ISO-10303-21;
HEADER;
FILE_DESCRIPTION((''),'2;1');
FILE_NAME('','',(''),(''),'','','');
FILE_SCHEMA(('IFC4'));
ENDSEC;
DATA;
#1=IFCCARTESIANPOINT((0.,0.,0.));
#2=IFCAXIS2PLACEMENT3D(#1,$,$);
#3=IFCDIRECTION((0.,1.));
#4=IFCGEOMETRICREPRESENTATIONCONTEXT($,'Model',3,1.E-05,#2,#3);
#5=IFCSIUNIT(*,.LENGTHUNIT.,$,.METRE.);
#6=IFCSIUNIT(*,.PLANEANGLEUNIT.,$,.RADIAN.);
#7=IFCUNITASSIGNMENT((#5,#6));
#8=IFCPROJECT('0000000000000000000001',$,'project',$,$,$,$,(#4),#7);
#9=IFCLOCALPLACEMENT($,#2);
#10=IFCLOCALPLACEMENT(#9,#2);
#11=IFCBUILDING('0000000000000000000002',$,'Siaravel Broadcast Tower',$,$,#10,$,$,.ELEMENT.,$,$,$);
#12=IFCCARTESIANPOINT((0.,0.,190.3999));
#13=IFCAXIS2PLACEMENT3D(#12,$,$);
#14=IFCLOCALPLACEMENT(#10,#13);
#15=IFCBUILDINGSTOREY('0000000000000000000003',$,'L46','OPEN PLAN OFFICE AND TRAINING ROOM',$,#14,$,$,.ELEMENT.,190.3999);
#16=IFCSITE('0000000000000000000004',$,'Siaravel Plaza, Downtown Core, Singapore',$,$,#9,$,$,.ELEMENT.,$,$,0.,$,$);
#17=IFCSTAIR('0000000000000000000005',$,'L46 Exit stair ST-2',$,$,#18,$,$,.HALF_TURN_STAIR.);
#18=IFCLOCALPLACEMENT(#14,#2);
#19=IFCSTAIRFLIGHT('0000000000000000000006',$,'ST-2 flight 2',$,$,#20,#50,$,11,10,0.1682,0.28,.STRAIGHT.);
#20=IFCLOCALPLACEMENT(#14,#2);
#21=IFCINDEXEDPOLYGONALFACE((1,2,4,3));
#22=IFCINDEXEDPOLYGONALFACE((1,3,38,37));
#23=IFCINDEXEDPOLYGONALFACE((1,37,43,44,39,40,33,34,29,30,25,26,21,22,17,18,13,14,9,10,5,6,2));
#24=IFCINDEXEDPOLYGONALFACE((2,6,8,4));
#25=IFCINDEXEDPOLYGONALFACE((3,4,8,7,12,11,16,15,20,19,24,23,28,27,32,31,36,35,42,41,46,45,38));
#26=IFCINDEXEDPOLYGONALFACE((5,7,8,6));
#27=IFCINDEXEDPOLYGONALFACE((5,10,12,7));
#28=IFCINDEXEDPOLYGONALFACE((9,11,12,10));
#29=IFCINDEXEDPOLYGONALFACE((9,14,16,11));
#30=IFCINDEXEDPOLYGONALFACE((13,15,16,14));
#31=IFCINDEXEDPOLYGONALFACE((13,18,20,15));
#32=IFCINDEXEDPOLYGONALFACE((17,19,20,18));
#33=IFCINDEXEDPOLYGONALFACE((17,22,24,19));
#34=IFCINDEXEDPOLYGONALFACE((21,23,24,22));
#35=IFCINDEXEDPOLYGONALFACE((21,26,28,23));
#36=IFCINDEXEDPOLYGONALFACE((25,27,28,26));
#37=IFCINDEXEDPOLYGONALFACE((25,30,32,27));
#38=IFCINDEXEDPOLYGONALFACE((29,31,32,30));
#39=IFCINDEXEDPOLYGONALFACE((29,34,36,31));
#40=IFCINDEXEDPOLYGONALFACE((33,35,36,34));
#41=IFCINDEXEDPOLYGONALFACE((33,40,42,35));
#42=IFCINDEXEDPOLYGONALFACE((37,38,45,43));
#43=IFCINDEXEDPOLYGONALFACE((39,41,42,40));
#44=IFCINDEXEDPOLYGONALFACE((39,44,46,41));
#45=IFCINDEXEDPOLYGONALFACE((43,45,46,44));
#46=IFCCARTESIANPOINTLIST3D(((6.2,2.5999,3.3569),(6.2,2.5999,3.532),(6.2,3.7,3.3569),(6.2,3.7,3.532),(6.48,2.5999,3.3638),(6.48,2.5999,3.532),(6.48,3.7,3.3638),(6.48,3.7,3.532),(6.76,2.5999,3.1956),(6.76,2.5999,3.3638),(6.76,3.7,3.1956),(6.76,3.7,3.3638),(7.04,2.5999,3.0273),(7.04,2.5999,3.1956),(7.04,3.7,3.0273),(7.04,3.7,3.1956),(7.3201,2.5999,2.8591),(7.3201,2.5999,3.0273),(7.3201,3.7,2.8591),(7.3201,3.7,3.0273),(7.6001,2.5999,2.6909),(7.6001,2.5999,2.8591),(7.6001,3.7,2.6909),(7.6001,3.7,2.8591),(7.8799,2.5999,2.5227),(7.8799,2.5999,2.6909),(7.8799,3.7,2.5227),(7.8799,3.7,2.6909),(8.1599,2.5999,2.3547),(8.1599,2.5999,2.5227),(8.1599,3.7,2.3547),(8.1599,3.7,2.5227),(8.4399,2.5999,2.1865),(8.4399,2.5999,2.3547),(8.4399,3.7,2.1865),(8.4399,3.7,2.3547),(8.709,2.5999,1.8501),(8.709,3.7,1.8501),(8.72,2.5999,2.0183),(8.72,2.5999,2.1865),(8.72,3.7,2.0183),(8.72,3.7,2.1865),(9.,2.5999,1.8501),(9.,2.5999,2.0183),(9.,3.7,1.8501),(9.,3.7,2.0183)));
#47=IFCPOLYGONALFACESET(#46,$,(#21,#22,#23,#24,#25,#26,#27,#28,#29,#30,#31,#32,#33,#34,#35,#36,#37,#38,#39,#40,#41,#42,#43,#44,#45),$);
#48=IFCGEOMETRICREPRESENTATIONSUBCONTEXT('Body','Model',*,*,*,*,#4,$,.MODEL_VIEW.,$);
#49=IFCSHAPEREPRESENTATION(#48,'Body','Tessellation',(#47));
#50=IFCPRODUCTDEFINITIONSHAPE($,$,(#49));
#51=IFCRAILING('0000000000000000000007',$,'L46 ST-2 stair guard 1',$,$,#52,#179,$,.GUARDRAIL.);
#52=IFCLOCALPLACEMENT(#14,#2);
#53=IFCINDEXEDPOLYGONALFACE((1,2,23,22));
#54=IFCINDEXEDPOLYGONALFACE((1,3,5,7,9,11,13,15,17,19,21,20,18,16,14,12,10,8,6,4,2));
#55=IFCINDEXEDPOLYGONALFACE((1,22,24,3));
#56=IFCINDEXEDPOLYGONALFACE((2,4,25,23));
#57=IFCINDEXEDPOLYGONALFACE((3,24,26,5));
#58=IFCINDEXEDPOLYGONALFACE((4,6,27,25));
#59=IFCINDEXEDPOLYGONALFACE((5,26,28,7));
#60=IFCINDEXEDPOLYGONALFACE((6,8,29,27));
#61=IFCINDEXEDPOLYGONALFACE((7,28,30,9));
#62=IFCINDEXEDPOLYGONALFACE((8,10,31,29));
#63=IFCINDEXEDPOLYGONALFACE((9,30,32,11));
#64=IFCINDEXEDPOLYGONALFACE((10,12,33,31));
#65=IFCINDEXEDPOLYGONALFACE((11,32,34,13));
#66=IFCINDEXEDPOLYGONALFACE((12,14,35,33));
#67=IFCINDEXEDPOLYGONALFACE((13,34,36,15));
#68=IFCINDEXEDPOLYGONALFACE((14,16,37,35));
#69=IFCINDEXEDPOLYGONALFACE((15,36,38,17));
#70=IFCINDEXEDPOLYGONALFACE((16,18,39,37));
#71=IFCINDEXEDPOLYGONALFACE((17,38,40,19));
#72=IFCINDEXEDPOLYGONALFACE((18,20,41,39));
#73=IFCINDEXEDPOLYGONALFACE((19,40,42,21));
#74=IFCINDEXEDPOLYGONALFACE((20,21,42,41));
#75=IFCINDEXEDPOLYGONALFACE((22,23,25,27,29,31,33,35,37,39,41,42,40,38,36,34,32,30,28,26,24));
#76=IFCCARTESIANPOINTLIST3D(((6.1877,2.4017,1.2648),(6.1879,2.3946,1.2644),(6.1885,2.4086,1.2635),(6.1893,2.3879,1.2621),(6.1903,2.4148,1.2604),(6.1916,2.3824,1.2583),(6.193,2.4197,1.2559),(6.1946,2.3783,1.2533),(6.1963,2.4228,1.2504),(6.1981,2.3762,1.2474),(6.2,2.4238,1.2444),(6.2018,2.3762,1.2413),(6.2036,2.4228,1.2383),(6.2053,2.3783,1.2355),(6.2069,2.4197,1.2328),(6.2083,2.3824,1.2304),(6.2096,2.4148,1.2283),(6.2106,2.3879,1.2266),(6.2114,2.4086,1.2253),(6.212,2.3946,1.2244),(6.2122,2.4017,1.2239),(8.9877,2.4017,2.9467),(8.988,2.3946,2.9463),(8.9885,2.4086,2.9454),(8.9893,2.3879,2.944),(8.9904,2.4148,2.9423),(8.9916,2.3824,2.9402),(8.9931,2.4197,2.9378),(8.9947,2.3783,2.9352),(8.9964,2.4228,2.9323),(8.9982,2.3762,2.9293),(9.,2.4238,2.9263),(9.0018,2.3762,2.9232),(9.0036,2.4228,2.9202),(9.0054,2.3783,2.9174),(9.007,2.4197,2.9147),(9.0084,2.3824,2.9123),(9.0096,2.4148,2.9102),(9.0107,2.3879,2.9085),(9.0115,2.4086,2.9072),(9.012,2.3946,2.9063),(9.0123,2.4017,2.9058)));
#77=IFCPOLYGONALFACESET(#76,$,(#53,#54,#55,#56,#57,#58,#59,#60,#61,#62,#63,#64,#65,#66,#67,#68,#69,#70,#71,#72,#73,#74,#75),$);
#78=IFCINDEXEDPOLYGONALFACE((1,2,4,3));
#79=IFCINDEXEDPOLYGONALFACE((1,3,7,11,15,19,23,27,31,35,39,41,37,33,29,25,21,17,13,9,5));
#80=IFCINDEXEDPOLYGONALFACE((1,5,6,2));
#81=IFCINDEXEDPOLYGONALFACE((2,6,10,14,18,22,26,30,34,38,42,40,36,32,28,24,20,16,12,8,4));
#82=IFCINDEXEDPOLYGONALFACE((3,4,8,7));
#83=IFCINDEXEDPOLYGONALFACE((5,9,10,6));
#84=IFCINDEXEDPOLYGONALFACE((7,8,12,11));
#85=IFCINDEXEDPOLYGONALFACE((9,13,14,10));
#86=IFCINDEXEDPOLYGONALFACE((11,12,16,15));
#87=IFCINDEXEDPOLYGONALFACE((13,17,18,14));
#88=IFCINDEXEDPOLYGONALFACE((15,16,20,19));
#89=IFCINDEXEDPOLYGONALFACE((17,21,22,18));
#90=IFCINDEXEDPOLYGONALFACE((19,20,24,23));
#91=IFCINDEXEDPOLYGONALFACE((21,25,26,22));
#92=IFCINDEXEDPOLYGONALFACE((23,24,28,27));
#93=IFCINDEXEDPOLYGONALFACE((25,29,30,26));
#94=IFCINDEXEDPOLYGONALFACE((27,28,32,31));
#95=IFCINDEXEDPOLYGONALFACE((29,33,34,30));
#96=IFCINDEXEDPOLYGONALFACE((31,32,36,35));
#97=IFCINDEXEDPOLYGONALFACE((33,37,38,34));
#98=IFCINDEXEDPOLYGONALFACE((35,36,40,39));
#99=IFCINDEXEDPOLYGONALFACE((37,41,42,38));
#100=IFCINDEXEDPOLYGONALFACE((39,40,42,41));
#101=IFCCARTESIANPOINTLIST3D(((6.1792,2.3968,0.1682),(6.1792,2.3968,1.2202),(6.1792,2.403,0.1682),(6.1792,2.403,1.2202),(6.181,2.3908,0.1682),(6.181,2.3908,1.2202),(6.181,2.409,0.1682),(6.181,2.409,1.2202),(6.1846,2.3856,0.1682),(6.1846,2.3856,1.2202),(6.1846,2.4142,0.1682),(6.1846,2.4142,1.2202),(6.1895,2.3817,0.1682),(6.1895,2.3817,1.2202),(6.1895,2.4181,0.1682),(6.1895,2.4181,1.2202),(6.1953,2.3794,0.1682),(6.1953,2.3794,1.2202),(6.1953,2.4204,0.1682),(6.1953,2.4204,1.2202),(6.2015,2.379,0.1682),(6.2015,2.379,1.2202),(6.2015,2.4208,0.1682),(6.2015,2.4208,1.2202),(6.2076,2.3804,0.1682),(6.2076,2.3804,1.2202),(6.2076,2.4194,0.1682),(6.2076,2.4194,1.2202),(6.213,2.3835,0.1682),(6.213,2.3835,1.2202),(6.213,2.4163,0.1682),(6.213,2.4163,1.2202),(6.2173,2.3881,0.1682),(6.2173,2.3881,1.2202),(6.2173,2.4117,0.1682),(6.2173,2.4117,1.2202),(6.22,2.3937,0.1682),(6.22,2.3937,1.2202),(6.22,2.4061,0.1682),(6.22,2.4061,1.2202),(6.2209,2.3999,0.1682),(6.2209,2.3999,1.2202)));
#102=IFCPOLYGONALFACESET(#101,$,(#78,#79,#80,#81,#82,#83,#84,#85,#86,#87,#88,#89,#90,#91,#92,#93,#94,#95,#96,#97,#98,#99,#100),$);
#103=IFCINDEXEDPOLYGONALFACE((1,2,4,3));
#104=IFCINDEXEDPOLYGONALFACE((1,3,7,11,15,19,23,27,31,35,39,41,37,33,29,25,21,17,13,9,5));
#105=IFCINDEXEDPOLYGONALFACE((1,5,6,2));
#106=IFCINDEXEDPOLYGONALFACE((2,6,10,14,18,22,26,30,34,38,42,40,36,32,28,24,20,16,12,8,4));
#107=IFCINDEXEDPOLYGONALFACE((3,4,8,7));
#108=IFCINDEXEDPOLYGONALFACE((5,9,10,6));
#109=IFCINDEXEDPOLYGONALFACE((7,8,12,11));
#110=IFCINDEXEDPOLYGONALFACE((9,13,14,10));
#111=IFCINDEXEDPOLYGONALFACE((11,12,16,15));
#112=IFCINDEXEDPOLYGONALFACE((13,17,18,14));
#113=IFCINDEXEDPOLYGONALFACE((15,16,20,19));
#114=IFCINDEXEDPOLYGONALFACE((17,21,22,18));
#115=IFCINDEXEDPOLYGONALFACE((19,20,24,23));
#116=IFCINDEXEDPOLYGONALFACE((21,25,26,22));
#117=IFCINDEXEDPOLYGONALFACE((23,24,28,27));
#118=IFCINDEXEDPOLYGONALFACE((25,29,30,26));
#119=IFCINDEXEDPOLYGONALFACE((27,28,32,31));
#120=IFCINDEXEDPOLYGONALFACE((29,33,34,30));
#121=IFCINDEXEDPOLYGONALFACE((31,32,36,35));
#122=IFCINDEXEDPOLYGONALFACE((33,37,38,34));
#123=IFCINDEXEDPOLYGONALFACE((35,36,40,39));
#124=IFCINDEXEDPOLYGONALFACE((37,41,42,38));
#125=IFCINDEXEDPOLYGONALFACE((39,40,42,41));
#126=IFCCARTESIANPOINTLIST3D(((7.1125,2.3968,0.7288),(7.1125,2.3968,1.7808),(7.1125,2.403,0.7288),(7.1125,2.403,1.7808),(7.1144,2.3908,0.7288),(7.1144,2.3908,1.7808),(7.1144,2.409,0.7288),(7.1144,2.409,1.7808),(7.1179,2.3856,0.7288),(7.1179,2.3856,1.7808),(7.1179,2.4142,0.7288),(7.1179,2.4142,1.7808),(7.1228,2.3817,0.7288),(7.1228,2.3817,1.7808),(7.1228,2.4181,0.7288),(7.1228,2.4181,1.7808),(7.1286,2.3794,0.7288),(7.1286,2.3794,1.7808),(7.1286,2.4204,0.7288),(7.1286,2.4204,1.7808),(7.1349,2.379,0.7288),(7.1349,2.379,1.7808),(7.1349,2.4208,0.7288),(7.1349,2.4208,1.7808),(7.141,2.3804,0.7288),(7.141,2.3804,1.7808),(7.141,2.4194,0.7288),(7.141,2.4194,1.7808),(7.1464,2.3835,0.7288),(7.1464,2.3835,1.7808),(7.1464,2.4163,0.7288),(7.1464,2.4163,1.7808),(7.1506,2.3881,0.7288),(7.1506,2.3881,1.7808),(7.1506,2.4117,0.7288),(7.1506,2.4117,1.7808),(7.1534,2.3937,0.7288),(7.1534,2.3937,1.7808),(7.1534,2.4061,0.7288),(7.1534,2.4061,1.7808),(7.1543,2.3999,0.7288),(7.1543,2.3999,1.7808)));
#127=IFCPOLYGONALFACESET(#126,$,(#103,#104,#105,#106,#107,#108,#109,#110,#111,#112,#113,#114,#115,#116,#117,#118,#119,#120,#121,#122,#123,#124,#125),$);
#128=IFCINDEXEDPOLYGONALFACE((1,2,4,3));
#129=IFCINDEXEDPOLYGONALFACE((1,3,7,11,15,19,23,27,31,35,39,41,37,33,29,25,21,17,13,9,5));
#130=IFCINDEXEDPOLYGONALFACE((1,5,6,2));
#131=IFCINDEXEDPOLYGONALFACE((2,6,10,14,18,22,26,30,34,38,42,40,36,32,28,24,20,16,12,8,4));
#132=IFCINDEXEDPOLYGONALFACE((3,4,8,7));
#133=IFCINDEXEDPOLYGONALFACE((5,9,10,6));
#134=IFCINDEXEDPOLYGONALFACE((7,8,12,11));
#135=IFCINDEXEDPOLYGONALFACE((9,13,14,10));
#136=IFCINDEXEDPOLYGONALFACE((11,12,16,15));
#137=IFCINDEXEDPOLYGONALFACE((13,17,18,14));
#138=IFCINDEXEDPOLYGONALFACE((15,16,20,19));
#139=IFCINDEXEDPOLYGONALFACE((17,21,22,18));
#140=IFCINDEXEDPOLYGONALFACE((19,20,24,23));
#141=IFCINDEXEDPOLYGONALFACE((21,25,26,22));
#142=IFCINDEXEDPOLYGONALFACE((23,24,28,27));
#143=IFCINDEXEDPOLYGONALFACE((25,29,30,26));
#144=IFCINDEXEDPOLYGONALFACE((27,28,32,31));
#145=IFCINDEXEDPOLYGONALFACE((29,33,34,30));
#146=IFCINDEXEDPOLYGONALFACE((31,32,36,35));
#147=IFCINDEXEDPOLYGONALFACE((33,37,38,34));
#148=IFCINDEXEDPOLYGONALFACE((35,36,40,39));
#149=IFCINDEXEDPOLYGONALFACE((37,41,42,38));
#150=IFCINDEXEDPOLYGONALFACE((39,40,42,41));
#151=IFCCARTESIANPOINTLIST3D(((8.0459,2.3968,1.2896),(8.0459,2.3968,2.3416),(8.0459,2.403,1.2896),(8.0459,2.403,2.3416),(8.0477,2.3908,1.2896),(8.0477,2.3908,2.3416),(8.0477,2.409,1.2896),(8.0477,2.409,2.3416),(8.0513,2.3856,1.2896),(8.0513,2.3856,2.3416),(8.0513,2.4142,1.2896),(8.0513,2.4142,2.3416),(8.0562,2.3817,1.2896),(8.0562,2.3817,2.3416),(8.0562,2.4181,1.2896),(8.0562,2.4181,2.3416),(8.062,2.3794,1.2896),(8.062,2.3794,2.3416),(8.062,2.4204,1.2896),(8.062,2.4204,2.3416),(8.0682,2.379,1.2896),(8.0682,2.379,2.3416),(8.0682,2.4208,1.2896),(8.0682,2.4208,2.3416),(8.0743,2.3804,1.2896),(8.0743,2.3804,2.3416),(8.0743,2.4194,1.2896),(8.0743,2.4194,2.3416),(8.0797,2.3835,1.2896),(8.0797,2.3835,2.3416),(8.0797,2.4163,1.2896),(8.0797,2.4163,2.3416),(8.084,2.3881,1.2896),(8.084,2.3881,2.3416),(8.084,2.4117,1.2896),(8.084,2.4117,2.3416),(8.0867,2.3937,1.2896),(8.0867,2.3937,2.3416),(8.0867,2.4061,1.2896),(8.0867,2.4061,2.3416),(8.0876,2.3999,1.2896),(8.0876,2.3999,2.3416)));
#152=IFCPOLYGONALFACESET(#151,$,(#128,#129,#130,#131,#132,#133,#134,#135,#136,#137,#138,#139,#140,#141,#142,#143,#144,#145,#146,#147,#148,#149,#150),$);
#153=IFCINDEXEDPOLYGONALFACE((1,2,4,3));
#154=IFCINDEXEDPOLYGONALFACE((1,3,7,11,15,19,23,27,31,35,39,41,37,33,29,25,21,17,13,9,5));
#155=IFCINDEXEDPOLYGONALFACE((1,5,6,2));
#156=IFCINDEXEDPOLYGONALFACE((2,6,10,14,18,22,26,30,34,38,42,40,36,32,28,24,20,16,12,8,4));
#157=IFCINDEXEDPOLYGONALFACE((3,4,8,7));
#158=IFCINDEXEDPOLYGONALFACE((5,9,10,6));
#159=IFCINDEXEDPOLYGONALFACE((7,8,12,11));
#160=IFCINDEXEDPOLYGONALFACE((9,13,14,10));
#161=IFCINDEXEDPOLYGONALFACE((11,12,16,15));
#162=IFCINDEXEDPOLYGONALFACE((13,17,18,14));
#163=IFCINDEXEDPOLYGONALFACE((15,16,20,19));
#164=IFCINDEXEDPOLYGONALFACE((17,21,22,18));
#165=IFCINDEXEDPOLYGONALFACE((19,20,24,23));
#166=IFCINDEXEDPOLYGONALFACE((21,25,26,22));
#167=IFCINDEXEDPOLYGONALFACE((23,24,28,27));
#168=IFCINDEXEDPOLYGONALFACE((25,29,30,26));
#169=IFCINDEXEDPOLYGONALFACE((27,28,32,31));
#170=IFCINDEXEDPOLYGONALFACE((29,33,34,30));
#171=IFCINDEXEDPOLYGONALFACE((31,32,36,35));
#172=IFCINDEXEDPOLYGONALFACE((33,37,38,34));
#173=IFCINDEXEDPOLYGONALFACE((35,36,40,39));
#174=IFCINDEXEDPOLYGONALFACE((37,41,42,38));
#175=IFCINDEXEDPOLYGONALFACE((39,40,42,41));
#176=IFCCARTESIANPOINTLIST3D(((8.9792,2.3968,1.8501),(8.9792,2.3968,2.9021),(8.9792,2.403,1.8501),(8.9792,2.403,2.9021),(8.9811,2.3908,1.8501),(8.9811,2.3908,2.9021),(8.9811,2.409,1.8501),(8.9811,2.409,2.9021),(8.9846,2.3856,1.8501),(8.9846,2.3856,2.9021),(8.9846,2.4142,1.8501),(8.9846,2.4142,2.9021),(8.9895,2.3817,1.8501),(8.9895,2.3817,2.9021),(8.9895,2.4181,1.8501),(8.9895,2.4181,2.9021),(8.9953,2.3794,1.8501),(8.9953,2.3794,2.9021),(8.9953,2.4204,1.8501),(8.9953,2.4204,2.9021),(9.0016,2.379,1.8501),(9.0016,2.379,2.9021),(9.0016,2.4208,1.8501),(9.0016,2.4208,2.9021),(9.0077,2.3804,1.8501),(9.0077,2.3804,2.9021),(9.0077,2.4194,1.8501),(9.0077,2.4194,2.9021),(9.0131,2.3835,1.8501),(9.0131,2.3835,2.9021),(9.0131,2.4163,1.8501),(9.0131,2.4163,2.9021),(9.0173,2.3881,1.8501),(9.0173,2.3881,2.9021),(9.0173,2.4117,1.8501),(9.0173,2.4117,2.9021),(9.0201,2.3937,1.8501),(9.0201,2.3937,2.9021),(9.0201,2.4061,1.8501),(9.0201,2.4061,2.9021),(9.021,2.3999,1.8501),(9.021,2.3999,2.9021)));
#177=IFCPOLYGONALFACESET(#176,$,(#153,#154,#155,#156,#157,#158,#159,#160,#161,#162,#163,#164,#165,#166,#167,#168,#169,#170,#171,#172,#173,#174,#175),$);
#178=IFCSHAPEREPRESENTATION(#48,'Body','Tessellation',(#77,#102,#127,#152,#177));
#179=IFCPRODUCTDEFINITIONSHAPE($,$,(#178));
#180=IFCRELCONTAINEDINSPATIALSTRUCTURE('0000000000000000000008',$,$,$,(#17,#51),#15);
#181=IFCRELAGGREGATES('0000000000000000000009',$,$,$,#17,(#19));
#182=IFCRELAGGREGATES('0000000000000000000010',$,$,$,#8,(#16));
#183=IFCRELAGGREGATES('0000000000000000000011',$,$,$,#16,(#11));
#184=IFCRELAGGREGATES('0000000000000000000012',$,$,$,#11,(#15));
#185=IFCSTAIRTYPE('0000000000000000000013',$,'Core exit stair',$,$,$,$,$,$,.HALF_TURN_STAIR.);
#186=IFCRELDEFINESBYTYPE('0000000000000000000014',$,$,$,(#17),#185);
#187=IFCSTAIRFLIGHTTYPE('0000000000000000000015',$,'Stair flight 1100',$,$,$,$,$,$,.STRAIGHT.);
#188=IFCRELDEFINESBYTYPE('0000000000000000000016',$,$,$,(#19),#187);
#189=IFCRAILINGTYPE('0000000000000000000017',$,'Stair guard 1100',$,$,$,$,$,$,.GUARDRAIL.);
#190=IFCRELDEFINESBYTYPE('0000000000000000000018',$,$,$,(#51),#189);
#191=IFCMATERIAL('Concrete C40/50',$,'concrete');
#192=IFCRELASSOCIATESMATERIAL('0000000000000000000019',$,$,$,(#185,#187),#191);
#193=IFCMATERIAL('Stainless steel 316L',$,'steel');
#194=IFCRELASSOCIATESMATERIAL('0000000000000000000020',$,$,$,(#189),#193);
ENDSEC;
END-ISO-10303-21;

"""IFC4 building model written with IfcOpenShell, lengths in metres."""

from ifc_helpers import new_model, si_unit, direction, frame, origin, origin_2d, place, context, subcontext, project, spatial, polyline, circle, outline, extrude, material, type_object, element, aggregate, save


model = new_model("IFC4")

# Units and contexts
model_context = context("Model", 3, precision=1e-05, world=origin(), true_north=direction((0.0, 1.0)))
body_context = subcontext(model_context, "Body", "Model", "MODEL_VIEW")
ifc_project = project(units=[si_unit("LENGTHUNIT", "METRE"), si_unit("PLANEANGLEUNIT", "RADIAN")], contexts=[model_context])

# Site, building, storey
site_placement = place(None, origin())
site = spatial("IfcSite", under=ifc_project, at=site_placement, Name="Siaravel Plaza, Downtown Core, Singapore", CompositionType="ELEMENT", RefElevation=0.0)
building_placement = place(site_placement, origin())
building = spatial("IfcBuilding", under=site, at=building_placement, Name="Siaravel Broadcast Tower", CompositionType="ELEMENT")
storey_placement = place(building_placement, frame((0.0, 0.0, 190.3999)))
storey = spatial("IfcBuildingStorey", under=building, at=storey_placement, Name="L46", Description="OPEN PLAN OFFICE AND TRAINING ROOM", CompositionType="ELEMENT", Elevation=190.3999)

# Stair, stair flight
ifc_material_1 = material(Name="Concrete C40/50", Category="concrete")
stair_type = type_object("IfcStairType", Name="Core exit stair", PredefinedType="HALF_TURN_STAIR", material=ifc_material_1)
stair_placement = place(storey_placement, origin())
stair = element("IfcStair", 1, at=stair_placement, inside=storey, type_object=stair_type, Name="L46 Exit stair ST-2", PredefinedType="HALF_TURN_STAIR")
stair_flight_type = type_object("IfcStairFlightType", Name="Stair flight 1100", PredefinedType="STRAIGHT", material=ifc_material_1)
stair_flight_1_placement = place(storey_placement, frame((9.0, 3.1499, 1.8501), z_axis=(0.0, 0.0, 1.0), x_axis=(-1.0, 0.0, 0.0)))
stair_flight_1 = element("IfcStairFlight", 2, at=stair_flight_1_placement, type_object=stair_flight_type, Name="ST-2 flight 2", NumberOfRisers=11, NumberOfTreads=10, PredefinedType="STRAIGHT", RiserHeight=0.1682, TreadLength=0.28, context=body_context, shape_type="SweptSolid", body=[
    extrude(outline(polyline([(0.0, 0.0), (0.0, 0.1682), (0.28, 0.1682), (0.28, 0.3364), (0.5601, 0.3364), (0.5601, 0.5046), (0.8401, 0.5046), (0.8401, 0.6726), (1.1201, 0.6726), (1.1201, 0.8408), (1.3999, 0.8408), (1.3999, 1.009), (1.6799, 1.009), (1.6799, 1.1772), (1.96, 1.1772), (1.96, 1.3455), (2.24, 1.3455), (2.24, 1.5137), (2.52, 1.5137), (2.52, 1.6819), (2.8, 1.6819), (2.8, 1.8501), (2.8, 1.5068), (0.291, 0.0), (0.0, 0.0)])), frame((0.0, 0.55, 0.0), z_axis=(0.0, -1.0, 0.0), x_axis=(1.0, 0.0, 0.0)), (0.0, 0.0, 1.0), 1.1001),
])
aggregate(stair, [stair_flight_1])

# Railing
ifc_material_2 = material(Name="Stainless steel 316L", Category="steel")
railing_type_1 = type_object("IfcRailingType", Name="Stair guard 1100", PredefinedType="GUARDRAIL", material=ifc_material_2)
railing_1_placement = place(storey_placement, frame((6.2, 2.3999, 0.1682)))
element("IfcRailing", 3, at=railing_1_placement, inside=storey, type_object=railing_type_1, Name="L46 ST-2 stair guard 1", PredefinedType="GUARDRAIL", context=body_context, shape_type="SweptSolid", body=[
    extrude(circle(Radius=0.0239, at=origin_2d()), frame((0.0, 0.0, 1.0762), z_axis=(0.857242, 0.0, 0.514913), x_axis=(0.0, 1.0, 0.0)), (0.0, 0.0, 1.0), 3.2664),
    extrude(circle(Radius=0.021, at=origin_2d()), origin(), (0.0, 0.0, 1.0), 1.052),
    extrude(circle(Radius=0.021, at=origin_2d()), frame((0.9333, 0.0, 0.5605)), (0.0, 0.0, 1.0), 1.052),
    extrude(circle(Radius=0.021, at=origin_2d()), frame((1.8667, 0.0, 1.1213)), (0.0, 0.0, 1.0), 1.052),
    extrude(circle(Radius=0.021, at=origin_2d()), frame((2.8, 0.0, 1.6819)), (0.0, 0.0, 1.0), 1.052),
])

save(model, "model.ifc")
